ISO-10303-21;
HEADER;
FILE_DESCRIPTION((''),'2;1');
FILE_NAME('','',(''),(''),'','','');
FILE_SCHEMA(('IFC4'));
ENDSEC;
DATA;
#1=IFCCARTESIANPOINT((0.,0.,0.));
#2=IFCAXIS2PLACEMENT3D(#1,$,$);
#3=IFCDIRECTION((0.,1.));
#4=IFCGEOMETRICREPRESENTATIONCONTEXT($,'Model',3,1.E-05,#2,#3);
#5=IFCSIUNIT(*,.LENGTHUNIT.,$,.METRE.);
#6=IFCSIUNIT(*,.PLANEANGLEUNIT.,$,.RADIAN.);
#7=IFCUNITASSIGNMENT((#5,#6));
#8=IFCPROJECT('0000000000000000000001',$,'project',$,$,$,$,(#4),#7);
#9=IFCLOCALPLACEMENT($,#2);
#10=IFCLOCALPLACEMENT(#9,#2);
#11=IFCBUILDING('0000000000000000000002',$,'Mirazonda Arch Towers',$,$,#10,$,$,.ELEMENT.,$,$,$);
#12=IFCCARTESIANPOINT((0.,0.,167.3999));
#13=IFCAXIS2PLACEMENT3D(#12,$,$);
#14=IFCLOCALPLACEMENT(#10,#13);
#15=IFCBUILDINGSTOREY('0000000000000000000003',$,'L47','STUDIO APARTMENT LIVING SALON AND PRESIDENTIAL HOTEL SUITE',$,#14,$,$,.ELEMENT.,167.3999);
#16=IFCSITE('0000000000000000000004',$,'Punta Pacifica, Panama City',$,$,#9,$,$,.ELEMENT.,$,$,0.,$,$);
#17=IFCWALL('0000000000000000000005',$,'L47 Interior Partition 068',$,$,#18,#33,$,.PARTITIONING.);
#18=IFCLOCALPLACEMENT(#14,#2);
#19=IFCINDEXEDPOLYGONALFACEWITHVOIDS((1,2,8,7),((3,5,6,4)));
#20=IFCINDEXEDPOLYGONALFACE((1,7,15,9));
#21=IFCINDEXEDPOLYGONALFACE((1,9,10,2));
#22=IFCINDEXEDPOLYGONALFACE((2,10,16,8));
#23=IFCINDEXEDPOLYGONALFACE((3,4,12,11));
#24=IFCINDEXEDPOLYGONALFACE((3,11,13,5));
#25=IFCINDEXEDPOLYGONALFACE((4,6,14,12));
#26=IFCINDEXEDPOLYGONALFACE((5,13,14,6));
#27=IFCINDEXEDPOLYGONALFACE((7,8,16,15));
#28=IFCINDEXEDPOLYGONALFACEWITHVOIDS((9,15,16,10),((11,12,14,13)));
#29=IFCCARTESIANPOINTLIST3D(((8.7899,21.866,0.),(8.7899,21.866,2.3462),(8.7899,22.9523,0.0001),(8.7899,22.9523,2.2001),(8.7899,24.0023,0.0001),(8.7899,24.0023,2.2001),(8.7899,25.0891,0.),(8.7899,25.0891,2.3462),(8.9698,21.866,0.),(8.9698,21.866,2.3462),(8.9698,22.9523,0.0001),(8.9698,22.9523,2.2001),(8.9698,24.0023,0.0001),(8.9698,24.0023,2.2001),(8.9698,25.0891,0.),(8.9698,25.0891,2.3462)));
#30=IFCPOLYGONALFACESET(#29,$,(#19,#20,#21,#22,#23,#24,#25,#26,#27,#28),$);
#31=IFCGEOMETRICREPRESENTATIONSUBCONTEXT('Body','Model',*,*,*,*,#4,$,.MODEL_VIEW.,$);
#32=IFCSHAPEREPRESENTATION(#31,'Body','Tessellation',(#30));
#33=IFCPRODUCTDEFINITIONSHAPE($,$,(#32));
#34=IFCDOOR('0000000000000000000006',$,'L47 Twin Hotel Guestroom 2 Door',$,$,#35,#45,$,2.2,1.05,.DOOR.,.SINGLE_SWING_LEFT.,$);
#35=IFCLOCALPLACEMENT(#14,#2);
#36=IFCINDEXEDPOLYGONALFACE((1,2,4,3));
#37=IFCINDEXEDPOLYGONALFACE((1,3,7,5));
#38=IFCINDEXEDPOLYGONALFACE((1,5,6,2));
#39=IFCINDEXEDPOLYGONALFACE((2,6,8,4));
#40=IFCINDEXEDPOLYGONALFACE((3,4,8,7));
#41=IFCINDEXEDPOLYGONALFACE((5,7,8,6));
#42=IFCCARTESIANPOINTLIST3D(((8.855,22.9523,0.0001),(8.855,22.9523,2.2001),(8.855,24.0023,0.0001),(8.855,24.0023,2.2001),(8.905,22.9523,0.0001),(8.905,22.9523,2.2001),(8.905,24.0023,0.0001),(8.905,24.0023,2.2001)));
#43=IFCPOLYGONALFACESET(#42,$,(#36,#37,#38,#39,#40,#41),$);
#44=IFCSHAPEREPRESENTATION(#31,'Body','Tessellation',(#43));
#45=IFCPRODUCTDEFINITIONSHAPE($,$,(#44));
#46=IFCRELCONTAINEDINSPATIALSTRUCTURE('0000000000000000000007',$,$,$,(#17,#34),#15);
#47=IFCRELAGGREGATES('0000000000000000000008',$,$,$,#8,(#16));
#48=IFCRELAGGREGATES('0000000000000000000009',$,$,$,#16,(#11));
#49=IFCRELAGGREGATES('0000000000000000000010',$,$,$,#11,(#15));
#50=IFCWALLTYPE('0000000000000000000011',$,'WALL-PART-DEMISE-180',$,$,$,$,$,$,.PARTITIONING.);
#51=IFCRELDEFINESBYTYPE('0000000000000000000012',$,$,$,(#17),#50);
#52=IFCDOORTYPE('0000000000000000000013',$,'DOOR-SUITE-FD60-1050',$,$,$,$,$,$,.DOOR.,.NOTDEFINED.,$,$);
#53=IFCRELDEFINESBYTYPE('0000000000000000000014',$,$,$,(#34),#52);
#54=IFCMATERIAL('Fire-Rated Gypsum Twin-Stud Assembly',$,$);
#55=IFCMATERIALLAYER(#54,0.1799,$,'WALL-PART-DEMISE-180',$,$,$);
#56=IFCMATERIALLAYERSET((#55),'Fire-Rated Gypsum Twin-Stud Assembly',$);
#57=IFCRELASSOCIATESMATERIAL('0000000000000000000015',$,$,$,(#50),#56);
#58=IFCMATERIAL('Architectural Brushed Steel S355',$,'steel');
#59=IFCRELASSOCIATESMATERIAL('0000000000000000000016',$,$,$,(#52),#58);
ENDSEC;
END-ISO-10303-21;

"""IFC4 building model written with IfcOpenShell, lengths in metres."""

from ifc_helpers import new_model, si_unit, direction, frame, frame_2d, origin, place, context, subcontext, project, spatial, rectangle, extrude, material, layer, layer_set, type_object, element, fill, save


model = new_model("IFC4")

# Units and contexts
model_context = context("Model", 3, precision=1e-05, world=origin(), true_north=direction((0.0, 1.0)))
body_context = subcontext(model_context, "Body", "Model", "MODEL_VIEW")
ifc_project = project(units=[si_unit("LENGTHUNIT", "METRE"), si_unit("PLANEANGLEUNIT", "RADIAN")], contexts=[model_context])

# Site, building, storey
site_placement = place(None, origin())
site = spatial("IfcSite", under=ifc_project, at=site_placement, Name="Punta Pacifica, Panama City", CompositionType="ELEMENT", RefElevation=0.0)
building_placement = place(site_placement, origin())
building = spatial("IfcBuilding", under=site, at=building_placement, Name="Mirazonda Arch Towers", CompositionType="ELEMENT")
storey_placement = place(building_placement, frame((0.0, 0.0, 167.3999)))
storey = spatial("IfcBuildingStorey", under=building, at=storey_placement, Name="L47", Description="STUDIO APARTMENT LIVING SALON AND PRESIDENTIAL HOTEL SUITE", CompositionType="ELEMENT", Elevation=167.3999)

# Shared definitions
ifc_material_1 = material(Name="Architectural Brushed Steel S355", Category="steel")

# Shared definitions
ifc_material_2 = material(Name="Fire-Rated Gypsum Twin-Stud Assembly")
ifc_layer_1 = layer(ifc_material_2, 0.1799, Name="WALL-PART-DEMISE-180")
ifc_layer_set_1 = layer_set([ifc_layer_1], Name="Fire-Rated Gypsum Twin-Stud Assembly")
wall_type_1 = type_object("IfcWallType", Name="WALL-PART-DEMISE-180", PredefinedType="PARTITIONING", material=ifc_layer_set_1)

# Wall, opening, door
wall_1_placement = place(storey_placement, frame((8.8799, 21.866, 0.0), z_axis=(0.0, 0.0, 1.0), x_axis=(0.0, 1.0, 0.0)))
wall_1 = element("IfcWall", 1, at=wall_1_placement, inside=storey, type_object=wall_type_1, Name="L47 Interior Partition 068", PredefinedType="PARTITIONING", context=body_context, shape_type="SweptSolid", body=[
    extrude(rectangle(XDim=3.2231, YDim=0.1799, at=frame_2d((1.6116, 0.0))), origin(), (0.0, 0.0, 1.0), 2.3462),
])
opening_1_placement = place(wall_1_placement, frame((1.0864, 0.0, 0.0)))
opening_1 = element("IfcOpeningElement", 2, at=opening_1_placement, cuts=wall_1, PredefinedType="OPENING", context=body_context, shape_type="SweptSolid", body=[
    extrude(rectangle(XDim=1.05, YDim=2.2, at=frame_2d((0.5249, 1.1001))), frame((0.0, 0.0999, 0.0), z_axis=(0.0, -1.0, 0.0), x_axis=(1.0, 0.0, 0.0)), (0.0, 0.0, 1.0), 0.2),
])
door_type_1 = type_object("IfcDoorType", Name="DOOR-SUITE-FD60-1050", OperationType="NOTDEFINED", PredefinedType="DOOR", material=ifc_material_1)
door_1_placement = place(opening_1_placement, origin())
door_1 = element("IfcDoor", 3, at=door_1_placement, inside=storey, type_object=door_type_1, Name="L47 Twin Hotel Guestroom 2 Door", OperationType="SINGLE_SWING_LEFT", OverallHeight=2.2, OverallWidth=1.05, PredefinedType="DOOR", context=body_context, shape_type="SweptSolid", body=[
    extrude(rectangle(XDim=1.05, YDim=2.2, at=frame_2d((0.5249, 1.1001))), frame((0.0, 0.0249, 0.0), z_axis=(0.0, -1.0, 0.0), x_axis=(1.0, 0.0, 0.0)), (0.0, 0.0, 1.0), 0.05),
])
fill(opening_1, door_1)

save(model, "model.ifc")
